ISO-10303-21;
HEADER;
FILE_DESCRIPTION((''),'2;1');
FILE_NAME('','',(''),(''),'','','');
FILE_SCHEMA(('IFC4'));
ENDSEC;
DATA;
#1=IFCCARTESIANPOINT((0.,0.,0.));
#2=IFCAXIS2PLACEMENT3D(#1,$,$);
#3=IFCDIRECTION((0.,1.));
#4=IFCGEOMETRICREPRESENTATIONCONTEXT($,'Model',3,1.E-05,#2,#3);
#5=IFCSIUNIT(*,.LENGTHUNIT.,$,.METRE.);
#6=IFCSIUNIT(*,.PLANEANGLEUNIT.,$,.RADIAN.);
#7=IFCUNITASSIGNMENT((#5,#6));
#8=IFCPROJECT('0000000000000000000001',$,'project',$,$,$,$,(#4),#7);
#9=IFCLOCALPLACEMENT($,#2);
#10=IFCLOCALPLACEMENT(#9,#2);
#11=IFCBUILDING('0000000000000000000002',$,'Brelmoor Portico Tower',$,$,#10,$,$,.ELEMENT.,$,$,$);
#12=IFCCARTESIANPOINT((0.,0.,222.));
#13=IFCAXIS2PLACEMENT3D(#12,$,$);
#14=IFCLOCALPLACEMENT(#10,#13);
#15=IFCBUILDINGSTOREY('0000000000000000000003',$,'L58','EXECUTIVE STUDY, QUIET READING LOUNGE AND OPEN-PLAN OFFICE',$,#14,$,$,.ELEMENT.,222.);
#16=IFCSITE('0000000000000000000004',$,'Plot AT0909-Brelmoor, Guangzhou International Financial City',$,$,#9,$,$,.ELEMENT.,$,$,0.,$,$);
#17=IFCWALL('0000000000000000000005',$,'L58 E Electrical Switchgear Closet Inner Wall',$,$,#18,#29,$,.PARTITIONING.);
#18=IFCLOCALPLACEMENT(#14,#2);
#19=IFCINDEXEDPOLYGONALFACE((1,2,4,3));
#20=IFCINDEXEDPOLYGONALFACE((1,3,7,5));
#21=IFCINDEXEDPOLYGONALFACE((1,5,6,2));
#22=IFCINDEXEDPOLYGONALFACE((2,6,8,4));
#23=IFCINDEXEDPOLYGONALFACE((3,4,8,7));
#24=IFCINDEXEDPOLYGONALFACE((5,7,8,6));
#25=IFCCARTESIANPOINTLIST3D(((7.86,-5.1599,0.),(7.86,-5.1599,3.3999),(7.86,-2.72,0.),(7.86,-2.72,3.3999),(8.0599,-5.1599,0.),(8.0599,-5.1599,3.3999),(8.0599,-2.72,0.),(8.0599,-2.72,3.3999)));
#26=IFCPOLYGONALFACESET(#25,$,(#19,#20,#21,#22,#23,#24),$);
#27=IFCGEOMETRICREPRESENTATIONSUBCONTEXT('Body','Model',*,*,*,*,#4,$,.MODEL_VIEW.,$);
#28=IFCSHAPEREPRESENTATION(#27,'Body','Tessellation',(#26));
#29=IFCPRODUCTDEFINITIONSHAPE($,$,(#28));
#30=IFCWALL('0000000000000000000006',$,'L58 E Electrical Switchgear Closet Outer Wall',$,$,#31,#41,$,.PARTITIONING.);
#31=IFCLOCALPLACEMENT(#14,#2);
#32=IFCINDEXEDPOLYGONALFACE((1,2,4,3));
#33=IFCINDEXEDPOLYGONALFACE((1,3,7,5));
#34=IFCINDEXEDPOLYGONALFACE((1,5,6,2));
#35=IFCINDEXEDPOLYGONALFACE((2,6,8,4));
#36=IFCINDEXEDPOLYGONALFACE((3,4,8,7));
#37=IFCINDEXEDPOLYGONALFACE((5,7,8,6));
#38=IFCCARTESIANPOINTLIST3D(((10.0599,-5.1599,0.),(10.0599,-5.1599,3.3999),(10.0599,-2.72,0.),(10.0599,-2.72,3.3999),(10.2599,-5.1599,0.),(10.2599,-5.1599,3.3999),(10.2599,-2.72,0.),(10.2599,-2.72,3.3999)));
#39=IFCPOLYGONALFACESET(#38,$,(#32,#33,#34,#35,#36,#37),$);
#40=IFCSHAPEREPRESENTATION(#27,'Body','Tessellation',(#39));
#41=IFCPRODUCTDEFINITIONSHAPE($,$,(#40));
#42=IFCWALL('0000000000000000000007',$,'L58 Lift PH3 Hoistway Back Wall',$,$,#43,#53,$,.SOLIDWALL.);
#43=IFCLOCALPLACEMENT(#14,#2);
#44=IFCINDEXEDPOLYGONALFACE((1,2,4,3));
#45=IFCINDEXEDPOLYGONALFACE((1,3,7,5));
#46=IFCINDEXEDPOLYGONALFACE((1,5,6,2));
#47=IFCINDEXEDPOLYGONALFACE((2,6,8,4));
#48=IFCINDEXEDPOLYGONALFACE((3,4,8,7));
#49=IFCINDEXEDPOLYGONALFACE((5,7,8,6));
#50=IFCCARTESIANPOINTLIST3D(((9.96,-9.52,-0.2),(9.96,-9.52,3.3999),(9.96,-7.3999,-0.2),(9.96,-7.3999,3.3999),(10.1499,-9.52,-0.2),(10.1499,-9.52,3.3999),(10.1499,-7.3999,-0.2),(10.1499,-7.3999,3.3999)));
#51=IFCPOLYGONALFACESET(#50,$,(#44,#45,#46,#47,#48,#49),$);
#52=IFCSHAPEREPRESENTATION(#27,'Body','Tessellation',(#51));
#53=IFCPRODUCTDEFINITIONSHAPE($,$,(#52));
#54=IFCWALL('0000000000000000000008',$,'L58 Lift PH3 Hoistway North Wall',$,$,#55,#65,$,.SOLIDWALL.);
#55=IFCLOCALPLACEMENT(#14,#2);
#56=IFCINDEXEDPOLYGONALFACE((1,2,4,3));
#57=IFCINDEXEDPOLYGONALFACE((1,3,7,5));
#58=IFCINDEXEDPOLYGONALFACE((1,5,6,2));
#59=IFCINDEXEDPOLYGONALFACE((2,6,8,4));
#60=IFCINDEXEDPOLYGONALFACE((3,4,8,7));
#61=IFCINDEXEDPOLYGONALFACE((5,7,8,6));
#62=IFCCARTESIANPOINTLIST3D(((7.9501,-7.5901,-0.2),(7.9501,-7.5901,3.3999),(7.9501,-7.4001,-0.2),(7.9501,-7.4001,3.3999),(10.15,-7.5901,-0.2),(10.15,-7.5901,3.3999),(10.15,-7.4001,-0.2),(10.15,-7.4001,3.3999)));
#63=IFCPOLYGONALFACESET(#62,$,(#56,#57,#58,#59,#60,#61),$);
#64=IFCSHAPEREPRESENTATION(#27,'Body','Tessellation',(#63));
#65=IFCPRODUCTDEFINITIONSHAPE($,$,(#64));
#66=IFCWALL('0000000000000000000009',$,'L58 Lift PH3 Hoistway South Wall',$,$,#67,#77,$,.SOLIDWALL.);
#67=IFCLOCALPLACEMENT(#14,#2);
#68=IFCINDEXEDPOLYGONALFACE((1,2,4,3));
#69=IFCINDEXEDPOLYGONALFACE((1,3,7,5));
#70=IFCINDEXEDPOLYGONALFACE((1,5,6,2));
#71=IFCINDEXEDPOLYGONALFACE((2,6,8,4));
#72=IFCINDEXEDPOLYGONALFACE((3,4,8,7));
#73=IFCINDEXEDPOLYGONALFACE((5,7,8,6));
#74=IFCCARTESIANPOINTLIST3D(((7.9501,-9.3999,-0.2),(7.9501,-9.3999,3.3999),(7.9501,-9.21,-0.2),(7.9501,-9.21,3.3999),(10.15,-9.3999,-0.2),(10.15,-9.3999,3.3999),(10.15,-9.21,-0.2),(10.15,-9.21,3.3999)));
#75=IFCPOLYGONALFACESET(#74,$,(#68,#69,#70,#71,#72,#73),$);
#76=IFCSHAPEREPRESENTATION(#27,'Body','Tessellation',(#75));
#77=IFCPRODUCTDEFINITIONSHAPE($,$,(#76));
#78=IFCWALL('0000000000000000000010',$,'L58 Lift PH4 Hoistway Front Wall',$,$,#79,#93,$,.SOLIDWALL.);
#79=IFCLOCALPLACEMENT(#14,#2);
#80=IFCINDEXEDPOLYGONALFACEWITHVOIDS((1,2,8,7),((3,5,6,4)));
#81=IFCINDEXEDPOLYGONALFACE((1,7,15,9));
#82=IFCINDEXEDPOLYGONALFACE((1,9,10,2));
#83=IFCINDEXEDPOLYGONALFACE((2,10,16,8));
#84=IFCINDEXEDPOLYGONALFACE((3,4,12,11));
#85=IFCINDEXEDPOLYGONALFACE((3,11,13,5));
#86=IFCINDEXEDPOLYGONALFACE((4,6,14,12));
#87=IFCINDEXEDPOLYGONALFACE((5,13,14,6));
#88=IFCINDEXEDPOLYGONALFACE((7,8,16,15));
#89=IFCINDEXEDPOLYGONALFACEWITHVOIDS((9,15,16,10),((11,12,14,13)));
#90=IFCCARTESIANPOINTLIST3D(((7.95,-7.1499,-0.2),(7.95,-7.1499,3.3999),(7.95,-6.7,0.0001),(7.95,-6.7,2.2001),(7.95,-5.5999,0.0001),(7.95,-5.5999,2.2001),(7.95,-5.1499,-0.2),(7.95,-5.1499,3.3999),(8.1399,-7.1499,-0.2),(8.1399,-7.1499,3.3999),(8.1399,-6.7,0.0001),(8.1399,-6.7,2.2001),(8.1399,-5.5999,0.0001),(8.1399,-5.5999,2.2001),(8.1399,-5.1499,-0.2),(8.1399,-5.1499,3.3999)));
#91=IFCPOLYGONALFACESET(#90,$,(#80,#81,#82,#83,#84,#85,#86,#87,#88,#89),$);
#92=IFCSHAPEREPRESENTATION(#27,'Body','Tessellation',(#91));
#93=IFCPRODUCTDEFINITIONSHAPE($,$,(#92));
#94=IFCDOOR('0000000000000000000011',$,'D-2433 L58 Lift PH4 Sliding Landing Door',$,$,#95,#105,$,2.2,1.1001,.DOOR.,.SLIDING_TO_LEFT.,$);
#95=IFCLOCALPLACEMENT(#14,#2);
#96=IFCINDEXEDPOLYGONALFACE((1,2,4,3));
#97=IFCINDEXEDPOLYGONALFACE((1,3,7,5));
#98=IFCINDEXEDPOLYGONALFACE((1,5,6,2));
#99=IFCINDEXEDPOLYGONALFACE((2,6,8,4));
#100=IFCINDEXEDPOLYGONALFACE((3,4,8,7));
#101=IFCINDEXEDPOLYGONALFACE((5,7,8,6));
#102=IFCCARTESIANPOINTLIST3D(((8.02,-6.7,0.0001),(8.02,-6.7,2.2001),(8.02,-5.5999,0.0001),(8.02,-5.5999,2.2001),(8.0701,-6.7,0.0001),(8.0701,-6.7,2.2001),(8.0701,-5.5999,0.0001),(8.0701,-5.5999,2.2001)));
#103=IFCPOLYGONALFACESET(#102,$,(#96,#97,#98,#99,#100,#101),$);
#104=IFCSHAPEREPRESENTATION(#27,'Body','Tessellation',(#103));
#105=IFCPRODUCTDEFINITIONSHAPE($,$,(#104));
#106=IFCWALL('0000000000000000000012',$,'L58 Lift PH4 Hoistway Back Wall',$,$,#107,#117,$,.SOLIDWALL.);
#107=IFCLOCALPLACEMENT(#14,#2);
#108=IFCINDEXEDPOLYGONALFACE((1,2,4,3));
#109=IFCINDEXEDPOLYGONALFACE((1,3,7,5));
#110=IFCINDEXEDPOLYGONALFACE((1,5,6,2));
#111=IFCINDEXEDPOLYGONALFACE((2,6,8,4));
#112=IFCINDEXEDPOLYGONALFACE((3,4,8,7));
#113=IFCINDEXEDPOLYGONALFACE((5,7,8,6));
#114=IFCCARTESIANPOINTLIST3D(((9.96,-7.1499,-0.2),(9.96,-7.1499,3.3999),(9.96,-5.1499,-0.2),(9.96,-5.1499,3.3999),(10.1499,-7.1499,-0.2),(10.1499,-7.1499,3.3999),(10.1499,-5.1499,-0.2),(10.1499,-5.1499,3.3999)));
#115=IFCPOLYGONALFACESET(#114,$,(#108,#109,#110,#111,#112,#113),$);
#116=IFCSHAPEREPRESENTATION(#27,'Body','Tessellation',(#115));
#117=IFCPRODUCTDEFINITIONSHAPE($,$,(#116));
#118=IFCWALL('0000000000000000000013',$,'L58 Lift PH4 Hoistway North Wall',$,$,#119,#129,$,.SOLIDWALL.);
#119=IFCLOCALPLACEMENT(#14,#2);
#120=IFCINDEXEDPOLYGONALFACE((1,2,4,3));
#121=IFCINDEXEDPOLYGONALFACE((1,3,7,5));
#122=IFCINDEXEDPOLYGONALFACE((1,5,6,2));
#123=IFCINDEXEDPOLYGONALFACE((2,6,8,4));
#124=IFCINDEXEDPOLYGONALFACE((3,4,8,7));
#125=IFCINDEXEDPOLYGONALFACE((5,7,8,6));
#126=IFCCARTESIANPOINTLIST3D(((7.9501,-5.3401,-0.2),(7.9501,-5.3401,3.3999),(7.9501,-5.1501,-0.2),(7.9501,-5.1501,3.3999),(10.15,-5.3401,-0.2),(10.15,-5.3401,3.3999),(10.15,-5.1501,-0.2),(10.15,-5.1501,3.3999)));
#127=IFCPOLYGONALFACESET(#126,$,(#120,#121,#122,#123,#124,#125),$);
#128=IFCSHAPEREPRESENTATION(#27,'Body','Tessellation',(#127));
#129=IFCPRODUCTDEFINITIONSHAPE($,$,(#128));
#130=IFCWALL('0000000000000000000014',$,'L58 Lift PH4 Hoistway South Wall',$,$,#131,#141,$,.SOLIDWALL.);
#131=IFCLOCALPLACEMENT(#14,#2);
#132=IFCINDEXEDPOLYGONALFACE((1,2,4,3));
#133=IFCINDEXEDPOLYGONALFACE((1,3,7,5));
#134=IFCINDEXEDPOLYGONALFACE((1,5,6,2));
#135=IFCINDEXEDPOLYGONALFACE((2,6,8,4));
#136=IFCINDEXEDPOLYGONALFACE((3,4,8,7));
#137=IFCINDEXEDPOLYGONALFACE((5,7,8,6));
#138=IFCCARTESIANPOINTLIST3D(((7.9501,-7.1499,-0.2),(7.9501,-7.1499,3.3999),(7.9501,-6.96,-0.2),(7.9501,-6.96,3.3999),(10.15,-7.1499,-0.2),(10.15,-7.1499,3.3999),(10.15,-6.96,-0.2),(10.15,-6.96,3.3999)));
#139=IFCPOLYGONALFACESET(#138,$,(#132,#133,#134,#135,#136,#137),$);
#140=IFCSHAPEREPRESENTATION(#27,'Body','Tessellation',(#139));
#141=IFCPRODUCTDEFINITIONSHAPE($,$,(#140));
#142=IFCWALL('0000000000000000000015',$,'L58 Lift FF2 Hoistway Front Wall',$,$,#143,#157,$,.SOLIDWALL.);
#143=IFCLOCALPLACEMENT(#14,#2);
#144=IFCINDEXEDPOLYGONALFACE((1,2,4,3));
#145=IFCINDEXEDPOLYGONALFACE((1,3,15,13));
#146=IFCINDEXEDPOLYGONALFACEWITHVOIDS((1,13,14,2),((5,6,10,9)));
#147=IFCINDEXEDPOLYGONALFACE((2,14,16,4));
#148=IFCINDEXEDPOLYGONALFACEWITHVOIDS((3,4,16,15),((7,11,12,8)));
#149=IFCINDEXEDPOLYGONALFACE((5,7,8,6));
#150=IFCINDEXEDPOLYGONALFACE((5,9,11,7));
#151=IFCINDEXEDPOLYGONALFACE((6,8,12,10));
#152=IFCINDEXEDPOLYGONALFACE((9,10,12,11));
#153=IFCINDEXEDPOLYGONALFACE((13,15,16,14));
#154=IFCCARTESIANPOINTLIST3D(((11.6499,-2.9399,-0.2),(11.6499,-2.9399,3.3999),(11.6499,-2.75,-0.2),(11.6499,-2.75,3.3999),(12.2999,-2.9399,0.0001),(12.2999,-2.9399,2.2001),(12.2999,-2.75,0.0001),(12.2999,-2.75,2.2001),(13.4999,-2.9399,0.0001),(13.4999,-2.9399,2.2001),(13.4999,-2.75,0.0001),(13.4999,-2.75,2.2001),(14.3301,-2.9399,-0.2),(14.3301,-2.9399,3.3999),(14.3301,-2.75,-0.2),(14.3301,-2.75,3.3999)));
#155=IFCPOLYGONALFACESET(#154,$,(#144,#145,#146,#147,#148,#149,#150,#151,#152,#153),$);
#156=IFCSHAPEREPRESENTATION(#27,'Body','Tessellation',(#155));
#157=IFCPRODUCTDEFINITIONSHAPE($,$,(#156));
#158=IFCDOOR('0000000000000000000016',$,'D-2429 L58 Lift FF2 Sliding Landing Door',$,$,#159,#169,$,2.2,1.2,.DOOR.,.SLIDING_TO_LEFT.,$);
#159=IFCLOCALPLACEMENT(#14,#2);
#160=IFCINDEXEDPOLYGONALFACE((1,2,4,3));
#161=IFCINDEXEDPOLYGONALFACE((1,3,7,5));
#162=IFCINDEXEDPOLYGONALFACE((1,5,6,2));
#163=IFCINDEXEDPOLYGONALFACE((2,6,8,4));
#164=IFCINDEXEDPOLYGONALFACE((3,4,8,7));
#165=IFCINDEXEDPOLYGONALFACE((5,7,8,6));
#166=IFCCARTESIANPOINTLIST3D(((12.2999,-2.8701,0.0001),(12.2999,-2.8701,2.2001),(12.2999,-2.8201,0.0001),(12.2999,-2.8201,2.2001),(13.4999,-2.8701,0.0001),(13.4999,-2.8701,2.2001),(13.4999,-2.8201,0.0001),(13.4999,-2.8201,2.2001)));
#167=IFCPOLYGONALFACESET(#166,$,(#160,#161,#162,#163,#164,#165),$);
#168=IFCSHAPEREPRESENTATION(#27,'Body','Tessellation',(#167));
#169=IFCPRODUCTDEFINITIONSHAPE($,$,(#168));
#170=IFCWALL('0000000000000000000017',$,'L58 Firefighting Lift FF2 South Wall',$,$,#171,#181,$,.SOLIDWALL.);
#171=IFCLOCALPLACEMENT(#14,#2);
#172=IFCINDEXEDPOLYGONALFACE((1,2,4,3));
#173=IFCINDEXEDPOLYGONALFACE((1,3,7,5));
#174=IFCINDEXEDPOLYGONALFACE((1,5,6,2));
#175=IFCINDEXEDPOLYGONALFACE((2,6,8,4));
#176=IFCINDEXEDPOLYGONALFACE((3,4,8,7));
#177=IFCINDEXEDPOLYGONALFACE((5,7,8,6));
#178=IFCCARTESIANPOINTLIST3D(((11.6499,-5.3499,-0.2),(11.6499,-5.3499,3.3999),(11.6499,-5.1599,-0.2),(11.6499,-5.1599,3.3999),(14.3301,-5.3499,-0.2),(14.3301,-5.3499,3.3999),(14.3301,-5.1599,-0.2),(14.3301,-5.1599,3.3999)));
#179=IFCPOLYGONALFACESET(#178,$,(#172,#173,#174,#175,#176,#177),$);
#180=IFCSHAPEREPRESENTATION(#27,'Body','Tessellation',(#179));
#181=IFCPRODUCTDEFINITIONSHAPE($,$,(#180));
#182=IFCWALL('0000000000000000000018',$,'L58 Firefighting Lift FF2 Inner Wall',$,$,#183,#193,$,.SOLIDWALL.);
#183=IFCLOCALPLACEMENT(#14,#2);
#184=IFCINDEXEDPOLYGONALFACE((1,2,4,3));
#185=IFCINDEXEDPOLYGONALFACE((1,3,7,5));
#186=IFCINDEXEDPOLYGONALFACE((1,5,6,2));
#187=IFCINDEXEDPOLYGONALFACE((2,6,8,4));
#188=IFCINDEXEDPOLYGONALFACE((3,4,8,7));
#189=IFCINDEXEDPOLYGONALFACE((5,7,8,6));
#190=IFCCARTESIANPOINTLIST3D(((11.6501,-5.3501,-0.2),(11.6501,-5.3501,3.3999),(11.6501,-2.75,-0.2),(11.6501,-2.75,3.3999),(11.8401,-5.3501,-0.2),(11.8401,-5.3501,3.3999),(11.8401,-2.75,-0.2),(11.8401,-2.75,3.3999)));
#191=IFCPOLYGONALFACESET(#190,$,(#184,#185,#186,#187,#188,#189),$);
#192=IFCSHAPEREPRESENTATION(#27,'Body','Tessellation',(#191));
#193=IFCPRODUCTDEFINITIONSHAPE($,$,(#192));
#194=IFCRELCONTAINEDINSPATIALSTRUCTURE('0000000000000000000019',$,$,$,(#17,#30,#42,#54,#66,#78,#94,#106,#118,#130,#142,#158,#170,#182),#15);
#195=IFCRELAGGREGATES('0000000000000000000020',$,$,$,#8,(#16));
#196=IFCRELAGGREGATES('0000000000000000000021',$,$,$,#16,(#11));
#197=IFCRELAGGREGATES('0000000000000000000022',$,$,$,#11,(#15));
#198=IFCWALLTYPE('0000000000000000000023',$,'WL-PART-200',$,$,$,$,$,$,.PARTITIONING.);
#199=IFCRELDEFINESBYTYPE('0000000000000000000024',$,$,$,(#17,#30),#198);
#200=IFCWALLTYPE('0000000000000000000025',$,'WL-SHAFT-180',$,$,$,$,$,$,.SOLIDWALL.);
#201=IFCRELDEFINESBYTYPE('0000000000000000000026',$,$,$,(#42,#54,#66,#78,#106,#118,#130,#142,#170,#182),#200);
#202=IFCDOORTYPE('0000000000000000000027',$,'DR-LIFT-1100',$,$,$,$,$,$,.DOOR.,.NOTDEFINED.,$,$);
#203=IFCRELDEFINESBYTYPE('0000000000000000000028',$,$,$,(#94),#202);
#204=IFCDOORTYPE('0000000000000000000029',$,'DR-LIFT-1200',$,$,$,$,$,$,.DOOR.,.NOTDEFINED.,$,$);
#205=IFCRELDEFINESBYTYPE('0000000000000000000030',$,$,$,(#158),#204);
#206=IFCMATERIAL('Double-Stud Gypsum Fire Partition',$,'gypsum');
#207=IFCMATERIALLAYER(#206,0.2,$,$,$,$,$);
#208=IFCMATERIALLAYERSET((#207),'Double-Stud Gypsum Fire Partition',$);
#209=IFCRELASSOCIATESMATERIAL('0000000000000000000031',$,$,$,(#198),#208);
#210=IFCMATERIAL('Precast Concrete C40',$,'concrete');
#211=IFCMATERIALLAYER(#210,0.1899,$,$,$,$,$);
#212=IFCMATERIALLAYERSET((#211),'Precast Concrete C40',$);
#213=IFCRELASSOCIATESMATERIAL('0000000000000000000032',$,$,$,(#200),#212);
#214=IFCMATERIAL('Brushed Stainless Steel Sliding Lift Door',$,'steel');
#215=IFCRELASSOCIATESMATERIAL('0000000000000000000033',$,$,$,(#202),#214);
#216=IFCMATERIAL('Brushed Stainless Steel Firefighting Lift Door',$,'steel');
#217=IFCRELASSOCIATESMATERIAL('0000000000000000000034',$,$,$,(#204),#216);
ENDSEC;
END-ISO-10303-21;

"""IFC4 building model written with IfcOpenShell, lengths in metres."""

from ifc_helpers import new_model, si_unit, direction, frame, frame_2d, origin, place, context, subcontext, project, spatial, rectangle, extrude, material, layer, layer_set, type_object, element, fill, save


model = new_model("IFC4")

# Units and contexts
model_context = context("Model", 3, precision=1e-05, world=origin(), true_north=direction((0.0, 1.0)))
body_context = subcontext(model_context, "Body", "Model", "MODEL_VIEW")
ifc_project = project(units=[si_unit("LENGTHUNIT", "METRE"), si_unit("PLANEANGLEUNIT", "RADIAN")], contexts=[model_context])

# Site, building, storey
site_placement = place(None, origin())
site = spatial("IfcSite", under=ifc_project, at=site_placement, Name="Plot AT0909-Brelmoor, Guangzhou International Financial City", CompositionType="ELEMENT", RefElevation=0.0)
building_placement = place(site_placement, origin())
building = spatial("IfcBuilding", under=site, at=building_placement, Name="Brelmoor Portico Tower", CompositionType="ELEMENT")
storey_placement = place(building_placement, frame((0.0, 0.0, 222.0)))
storey = spatial("IfcBuildingStorey", under=building, at=storey_placement, Name="L58", Description="EXECUTIVE STUDY, QUIET READING LOUNGE AND OPEN-PLAN OFFICE", CompositionType="ELEMENT", Elevation=222.0)

# Shared definitions
ifc_material_1 = material(Name="Double-Stud Gypsum Fire Partition", Category="gypsum")
ifc_layer_1 = layer(ifc_material_1, 0.2)
ifc_layer_set_1 = layer_set([ifc_layer_1], Name="Double-Stud Gypsum Fire Partition")
wall_type_1 = type_object("IfcWallType", Name="WL-PART-200", PredefinedType="PARTITIONING", material=ifc_layer_set_1)

# Walls
for number, where, z_axis, x_axis, name in (
    (1, (7.96, -5.1599, 0.0), (0.0, 0.0, 1.0), (0.0, 1.0, 0.0), "L58 E Electrical Switchgear Closet Inner Wall"),
    (2, (10.1599, -5.1599, 0.0), (0.0, 0.0, 1.0), (0.0, 1.0, 0.0), "L58 E Electrical Switchgear Closet Outer Wall"),
):
    element("IfcWall", number, at=place(storey_placement, frame(where, z_axis=z_axis, x_axis=x_axis)), inside=storey, type_object=wall_type_1, Name=name, PredefinedType="PARTITIONING", context=body_context, shape_type="SweptSolid", body=[
        extrude(rectangle(XDim=2.4399, YDim=0.2, at=frame_2d((1.22, 0.0))), origin(), (0.0, 0.0, 1.0), 3.3999),
    ])
ifc_material_2 = material(Name="Precast Concrete C40", Category="concrete")
ifc_layer_2 = layer(ifc_material_2, 0.1899)
ifc_layer_set_2 = layer_set([ifc_layer_2], Name="Precast Concrete C40")
wall_type_2 = type_object("IfcWallType", Name="WL-SHAFT-180", PredefinedType="SOLIDWALL", material=ifc_layer_set_2)
wall_1_placement = place(storey_placement, frame((10.0549, -9.52, -0.2), z_axis=(0.0, 0.0, 1.0), x_axis=(0.0, 1.0, 0.0)))
element("IfcWall", 3, at=wall_1_placement, inside=storey, type_object=wall_type_2, Name="L58 Lift PH3 Hoistway Back Wall", PredefinedType="SOLIDWALL", context=body_context, shape_type="SweptSolid", body=[
    extrude(rectangle(XDim=2.1201, YDim=0.1899, at=frame_2d((1.0601, 0.0))), origin(), (0.0, 0.0, 1.0), 3.5999),
])
for number, where, z_axis, x_axis, name in (
    (4, (7.95, -7.4951, -0.2), (0.0, 0.0, 1.0), (1.0, 0.0, 0.0), "L58 Lift PH3 Hoistway North Wall"),
    (5, (7.95, -9.3049, -0.2), (0.0, 0.0, 1.0), (1.0, 0.0, 0.0), "L58 Lift PH3 Hoistway South Wall"),
):
    element("IfcWall", number, at=place(storey_placement, frame(where, z_axis=z_axis, x_axis=x_axis)), inside=storey, type_object=wall_type_2, Name=name, PredefinedType="SOLIDWALL", context=body_context, shape_type="SweptSolid", body=[
        extrude(rectangle(XDim=2.2, YDim=0.1899, at=frame_2d((1.1001, 0.0))), origin(), (0.0, 0.0, 1.0), 3.5999),
    ])

# Wall, opening, door
wall_2_placement = place(storey_placement, frame((8.0449, -7.1499, -0.2), z_axis=(0.0, 0.0, 1.0), x_axis=(0.0, 1.0, 0.0)))
wall_2 = element("IfcWall", 6, at=wall_2_placement, inside=storey, type_object=wall_type_2, Name="L58 Lift PH4 Hoistway Front Wall", PredefinedType="SOLIDWALL", context=body_context, shape_type="SweptSolid", body=[
    extrude(rectangle(XDim=2.0, YDim=0.1899, at=frame_2d((1.0, 0.0))), origin(), (0.0, 0.0, 1.0), 3.5999),
])
opening_1_placement = place(wall_2_placement, frame((0.45, 0.0, 0.2)))
opening_1 = element("IfcOpeningElement", 7, at=opening_1_placement, cuts=wall_2, PredefinedType="OPENING", context=body_context, shape_type="SweptSolid", body=[
    extrude(rectangle(XDim=1.1001, YDim=2.2, at=frame_2d((0.55, 1.1001))), frame((0.0, 0.105, 0.0), z_axis=(0.0, -1.0, 0.0), x_axis=(1.0, 0.0, 0.0)), (0.0, 0.0, 1.0), 0.21),
])
ifc_material_3 = material(Name="Brushed Stainless Steel Sliding Lift Door", Category="steel")
door_type_1 = type_object("IfcDoorType", Name="DR-LIFT-1100", OperationType="NOTDEFINED", PredefinedType="DOOR", material=ifc_material_3)
door_1_placement = place(opening_1_placement, origin())
door_1 = element("IfcDoor", 8, at=door_1_placement, inside=storey, type_object=door_type_1, Name="D-2433 L58 Lift PH4 Sliding Landing Door", OperationType="SLIDING_TO_LEFT", OverallHeight=2.2, OverallWidth=1.1001, PredefinedType="DOOR", context=body_context, shape_type="SweptSolid", body=[
    extrude(rectangle(XDim=1.1001, YDim=2.2, at=frame_2d((0.55, 1.1001))), frame((0.0, 0.0249, 0.0), z_axis=(0.0, -1.0, 0.0), x_axis=(1.0, 0.0, 0.0)), (0.0, 0.0, 1.0), 0.05),
])
fill(opening_1, door_1)

# Walls
wall_3_placement = place(storey_placement, frame((10.0549, -7.1499, -0.2), z_axis=(0.0, 0.0, 1.0), x_axis=(0.0, 1.0, 0.0)))
element("IfcWall", 9, at=wall_3_placement, inside=storey, type_object=wall_type_2, Name="L58 Lift PH4 Hoistway Back Wall", PredefinedType="SOLIDWALL", context=body_context, shape_type="SweptSolid", body=[
    extrude(rectangle(XDim=2.0, YDim=0.1899, at=frame_2d((1.0, 0.0))), origin(), (0.0, 0.0, 1.0), 3.5999),
])
for number, where, z_axis, x_axis, name in (
    (10, (7.95, -5.2451, -0.2), (0.0, 0.0, 1.0), (1.0, 0.0, 0.0), "L58 Lift PH4 Hoistway North Wall"),
    (11, (7.95, -7.0549, -0.2), (0.0, 0.0, 1.0), (1.0, 0.0, 0.0), "L58 Lift PH4 Hoistway South Wall"),
):
    element("IfcWall", number, at=place(storey_placement, frame(where, z_axis=z_axis, x_axis=x_axis)), inside=storey, type_object=wall_type_2, Name=name, PredefinedType="SOLIDWALL", context=body_context, shape_type="SweptSolid", body=[
        extrude(rectangle(XDim=2.2, YDim=0.1899, at=frame_2d((1.1001, 0.0))), origin(), (0.0, 0.0, 1.0), 3.5999),
    ])

# Wall, opening, door
wall_4_placement = place(storey_placement, frame((11.6499, -2.845, -0.2), z_axis=(0.0, 0.0, 1.0), x_axis=(1.0, 0.0, 0.0)))
wall_4 = element("IfcWall", 12, at=wall_4_placement, inside=storey, type_object=wall_type_2, Name="L58 Lift FF2 Hoistway Front Wall", PredefinedType="SOLIDWALL", context=body_context, shape_type="SweptSolid", body=[
    extrude(rectangle(XDim=2.6802, YDim=0.1899, at=frame_2d((1.3401, 0.0))), origin(), (0.0, 0.0, 1.0), 3.5999),
])
opening_2_placement = place(wall_4_placement, frame((0.6499, 0.0, 0.2)))
opening_2 = element("IfcOpeningElement", 13, at=opening_2_placement, cuts=wall_4, PredefinedType="OPENING", context=body_context, shape_type="SweptSolid", body=[
    extrude(rectangle(XDim=1.2, YDim=2.2, at=frame_2d((0.6001, 1.1001))), frame((0.0, 0.105, 0.0), z_axis=(0.0, -1.0, 0.0), x_axis=(1.0, 0.0, 0.0)), (0.0, 0.0, 1.0), 0.21),
])
ifc_material_4 = material(Name="Brushed Stainless Steel Firefighting Lift Door", Category="steel")
door_type_2 = type_object("IfcDoorType", Name="DR-LIFT-1200", OperationType="NOTDEFINED", PredefinedType="DOOR", material=ifc_material_4)
door_2_placement = place(opening_2_placement, origin())
door_2 = element("IfcDoor", 14, at=door_2_placement, inside=storey, type_object=door_type_2, Name="D-2429 L58 Lift FF2 Sliding Landing Door", OperationType="SLIDING_TO_LEFT", OverallHeight=2.2, OverallWidth=1.2, PredefinedType="DOOR", context=body_context, shape_type="SweptSolid", body=[
    extrude(rectangle(XDim=1.2, YDim=2.2, at=frame_2d((0.6001, 1.1001))), frame((0.0, 0.0249, 0.0), z_axis=(0.0, -1.0, 0.0), x_axis=(1.0, 0.0, 0.0)), (0.0, 0.0, 1.0), 0.05),
])
fill(opening_2, door_2)

# Walls
wall_5_placement = place(storey_placement, frame((11.6499, -5.2549, -0.2), z_axis=(0.0, 0.0, 1.0), x_axis=(1.0, 0.0, 0.0)))
element("IfcWall", 15, at=wall_5_placement, inside=storey, type_object=wall_type_2, Name="L58 Firefighting Lift FF2 South Wall", PredefinedType="SOLIDWALL", context=body_context, shape_type="SweptSolid", body=[
    extrude(rectangle(XDim=2.6802, YDim=0.1899, at=frame_2d((1.3401, 0.0))), origin(), (0.0, 0.0, 1.0), 3.5999),
])
wall_6_placement = place(storey_placement, frame((11.7451, -5.3501, -0.2), z_axis=(0.0, 0.0, 1.0), x_axis=(0.0, 1.0, 0.0)))
element("IfcWall", 16, at=wall_6_placement, inside=storey, type_object=wall_type_2, Name="L58 Firefighting Lift FF2 Inner Wall", PredefinedType="SOLIDWALL", context=body_context, shape_type="SweptSolid", body=[
    extrude(rectangle(XDim=2.6001, YDim=0.1899, at=frame_2d((1.3, 0.0))), origin(), (0.0, 0.0, 1.0), 3.5999),
])

save(model, "model.ifc")
